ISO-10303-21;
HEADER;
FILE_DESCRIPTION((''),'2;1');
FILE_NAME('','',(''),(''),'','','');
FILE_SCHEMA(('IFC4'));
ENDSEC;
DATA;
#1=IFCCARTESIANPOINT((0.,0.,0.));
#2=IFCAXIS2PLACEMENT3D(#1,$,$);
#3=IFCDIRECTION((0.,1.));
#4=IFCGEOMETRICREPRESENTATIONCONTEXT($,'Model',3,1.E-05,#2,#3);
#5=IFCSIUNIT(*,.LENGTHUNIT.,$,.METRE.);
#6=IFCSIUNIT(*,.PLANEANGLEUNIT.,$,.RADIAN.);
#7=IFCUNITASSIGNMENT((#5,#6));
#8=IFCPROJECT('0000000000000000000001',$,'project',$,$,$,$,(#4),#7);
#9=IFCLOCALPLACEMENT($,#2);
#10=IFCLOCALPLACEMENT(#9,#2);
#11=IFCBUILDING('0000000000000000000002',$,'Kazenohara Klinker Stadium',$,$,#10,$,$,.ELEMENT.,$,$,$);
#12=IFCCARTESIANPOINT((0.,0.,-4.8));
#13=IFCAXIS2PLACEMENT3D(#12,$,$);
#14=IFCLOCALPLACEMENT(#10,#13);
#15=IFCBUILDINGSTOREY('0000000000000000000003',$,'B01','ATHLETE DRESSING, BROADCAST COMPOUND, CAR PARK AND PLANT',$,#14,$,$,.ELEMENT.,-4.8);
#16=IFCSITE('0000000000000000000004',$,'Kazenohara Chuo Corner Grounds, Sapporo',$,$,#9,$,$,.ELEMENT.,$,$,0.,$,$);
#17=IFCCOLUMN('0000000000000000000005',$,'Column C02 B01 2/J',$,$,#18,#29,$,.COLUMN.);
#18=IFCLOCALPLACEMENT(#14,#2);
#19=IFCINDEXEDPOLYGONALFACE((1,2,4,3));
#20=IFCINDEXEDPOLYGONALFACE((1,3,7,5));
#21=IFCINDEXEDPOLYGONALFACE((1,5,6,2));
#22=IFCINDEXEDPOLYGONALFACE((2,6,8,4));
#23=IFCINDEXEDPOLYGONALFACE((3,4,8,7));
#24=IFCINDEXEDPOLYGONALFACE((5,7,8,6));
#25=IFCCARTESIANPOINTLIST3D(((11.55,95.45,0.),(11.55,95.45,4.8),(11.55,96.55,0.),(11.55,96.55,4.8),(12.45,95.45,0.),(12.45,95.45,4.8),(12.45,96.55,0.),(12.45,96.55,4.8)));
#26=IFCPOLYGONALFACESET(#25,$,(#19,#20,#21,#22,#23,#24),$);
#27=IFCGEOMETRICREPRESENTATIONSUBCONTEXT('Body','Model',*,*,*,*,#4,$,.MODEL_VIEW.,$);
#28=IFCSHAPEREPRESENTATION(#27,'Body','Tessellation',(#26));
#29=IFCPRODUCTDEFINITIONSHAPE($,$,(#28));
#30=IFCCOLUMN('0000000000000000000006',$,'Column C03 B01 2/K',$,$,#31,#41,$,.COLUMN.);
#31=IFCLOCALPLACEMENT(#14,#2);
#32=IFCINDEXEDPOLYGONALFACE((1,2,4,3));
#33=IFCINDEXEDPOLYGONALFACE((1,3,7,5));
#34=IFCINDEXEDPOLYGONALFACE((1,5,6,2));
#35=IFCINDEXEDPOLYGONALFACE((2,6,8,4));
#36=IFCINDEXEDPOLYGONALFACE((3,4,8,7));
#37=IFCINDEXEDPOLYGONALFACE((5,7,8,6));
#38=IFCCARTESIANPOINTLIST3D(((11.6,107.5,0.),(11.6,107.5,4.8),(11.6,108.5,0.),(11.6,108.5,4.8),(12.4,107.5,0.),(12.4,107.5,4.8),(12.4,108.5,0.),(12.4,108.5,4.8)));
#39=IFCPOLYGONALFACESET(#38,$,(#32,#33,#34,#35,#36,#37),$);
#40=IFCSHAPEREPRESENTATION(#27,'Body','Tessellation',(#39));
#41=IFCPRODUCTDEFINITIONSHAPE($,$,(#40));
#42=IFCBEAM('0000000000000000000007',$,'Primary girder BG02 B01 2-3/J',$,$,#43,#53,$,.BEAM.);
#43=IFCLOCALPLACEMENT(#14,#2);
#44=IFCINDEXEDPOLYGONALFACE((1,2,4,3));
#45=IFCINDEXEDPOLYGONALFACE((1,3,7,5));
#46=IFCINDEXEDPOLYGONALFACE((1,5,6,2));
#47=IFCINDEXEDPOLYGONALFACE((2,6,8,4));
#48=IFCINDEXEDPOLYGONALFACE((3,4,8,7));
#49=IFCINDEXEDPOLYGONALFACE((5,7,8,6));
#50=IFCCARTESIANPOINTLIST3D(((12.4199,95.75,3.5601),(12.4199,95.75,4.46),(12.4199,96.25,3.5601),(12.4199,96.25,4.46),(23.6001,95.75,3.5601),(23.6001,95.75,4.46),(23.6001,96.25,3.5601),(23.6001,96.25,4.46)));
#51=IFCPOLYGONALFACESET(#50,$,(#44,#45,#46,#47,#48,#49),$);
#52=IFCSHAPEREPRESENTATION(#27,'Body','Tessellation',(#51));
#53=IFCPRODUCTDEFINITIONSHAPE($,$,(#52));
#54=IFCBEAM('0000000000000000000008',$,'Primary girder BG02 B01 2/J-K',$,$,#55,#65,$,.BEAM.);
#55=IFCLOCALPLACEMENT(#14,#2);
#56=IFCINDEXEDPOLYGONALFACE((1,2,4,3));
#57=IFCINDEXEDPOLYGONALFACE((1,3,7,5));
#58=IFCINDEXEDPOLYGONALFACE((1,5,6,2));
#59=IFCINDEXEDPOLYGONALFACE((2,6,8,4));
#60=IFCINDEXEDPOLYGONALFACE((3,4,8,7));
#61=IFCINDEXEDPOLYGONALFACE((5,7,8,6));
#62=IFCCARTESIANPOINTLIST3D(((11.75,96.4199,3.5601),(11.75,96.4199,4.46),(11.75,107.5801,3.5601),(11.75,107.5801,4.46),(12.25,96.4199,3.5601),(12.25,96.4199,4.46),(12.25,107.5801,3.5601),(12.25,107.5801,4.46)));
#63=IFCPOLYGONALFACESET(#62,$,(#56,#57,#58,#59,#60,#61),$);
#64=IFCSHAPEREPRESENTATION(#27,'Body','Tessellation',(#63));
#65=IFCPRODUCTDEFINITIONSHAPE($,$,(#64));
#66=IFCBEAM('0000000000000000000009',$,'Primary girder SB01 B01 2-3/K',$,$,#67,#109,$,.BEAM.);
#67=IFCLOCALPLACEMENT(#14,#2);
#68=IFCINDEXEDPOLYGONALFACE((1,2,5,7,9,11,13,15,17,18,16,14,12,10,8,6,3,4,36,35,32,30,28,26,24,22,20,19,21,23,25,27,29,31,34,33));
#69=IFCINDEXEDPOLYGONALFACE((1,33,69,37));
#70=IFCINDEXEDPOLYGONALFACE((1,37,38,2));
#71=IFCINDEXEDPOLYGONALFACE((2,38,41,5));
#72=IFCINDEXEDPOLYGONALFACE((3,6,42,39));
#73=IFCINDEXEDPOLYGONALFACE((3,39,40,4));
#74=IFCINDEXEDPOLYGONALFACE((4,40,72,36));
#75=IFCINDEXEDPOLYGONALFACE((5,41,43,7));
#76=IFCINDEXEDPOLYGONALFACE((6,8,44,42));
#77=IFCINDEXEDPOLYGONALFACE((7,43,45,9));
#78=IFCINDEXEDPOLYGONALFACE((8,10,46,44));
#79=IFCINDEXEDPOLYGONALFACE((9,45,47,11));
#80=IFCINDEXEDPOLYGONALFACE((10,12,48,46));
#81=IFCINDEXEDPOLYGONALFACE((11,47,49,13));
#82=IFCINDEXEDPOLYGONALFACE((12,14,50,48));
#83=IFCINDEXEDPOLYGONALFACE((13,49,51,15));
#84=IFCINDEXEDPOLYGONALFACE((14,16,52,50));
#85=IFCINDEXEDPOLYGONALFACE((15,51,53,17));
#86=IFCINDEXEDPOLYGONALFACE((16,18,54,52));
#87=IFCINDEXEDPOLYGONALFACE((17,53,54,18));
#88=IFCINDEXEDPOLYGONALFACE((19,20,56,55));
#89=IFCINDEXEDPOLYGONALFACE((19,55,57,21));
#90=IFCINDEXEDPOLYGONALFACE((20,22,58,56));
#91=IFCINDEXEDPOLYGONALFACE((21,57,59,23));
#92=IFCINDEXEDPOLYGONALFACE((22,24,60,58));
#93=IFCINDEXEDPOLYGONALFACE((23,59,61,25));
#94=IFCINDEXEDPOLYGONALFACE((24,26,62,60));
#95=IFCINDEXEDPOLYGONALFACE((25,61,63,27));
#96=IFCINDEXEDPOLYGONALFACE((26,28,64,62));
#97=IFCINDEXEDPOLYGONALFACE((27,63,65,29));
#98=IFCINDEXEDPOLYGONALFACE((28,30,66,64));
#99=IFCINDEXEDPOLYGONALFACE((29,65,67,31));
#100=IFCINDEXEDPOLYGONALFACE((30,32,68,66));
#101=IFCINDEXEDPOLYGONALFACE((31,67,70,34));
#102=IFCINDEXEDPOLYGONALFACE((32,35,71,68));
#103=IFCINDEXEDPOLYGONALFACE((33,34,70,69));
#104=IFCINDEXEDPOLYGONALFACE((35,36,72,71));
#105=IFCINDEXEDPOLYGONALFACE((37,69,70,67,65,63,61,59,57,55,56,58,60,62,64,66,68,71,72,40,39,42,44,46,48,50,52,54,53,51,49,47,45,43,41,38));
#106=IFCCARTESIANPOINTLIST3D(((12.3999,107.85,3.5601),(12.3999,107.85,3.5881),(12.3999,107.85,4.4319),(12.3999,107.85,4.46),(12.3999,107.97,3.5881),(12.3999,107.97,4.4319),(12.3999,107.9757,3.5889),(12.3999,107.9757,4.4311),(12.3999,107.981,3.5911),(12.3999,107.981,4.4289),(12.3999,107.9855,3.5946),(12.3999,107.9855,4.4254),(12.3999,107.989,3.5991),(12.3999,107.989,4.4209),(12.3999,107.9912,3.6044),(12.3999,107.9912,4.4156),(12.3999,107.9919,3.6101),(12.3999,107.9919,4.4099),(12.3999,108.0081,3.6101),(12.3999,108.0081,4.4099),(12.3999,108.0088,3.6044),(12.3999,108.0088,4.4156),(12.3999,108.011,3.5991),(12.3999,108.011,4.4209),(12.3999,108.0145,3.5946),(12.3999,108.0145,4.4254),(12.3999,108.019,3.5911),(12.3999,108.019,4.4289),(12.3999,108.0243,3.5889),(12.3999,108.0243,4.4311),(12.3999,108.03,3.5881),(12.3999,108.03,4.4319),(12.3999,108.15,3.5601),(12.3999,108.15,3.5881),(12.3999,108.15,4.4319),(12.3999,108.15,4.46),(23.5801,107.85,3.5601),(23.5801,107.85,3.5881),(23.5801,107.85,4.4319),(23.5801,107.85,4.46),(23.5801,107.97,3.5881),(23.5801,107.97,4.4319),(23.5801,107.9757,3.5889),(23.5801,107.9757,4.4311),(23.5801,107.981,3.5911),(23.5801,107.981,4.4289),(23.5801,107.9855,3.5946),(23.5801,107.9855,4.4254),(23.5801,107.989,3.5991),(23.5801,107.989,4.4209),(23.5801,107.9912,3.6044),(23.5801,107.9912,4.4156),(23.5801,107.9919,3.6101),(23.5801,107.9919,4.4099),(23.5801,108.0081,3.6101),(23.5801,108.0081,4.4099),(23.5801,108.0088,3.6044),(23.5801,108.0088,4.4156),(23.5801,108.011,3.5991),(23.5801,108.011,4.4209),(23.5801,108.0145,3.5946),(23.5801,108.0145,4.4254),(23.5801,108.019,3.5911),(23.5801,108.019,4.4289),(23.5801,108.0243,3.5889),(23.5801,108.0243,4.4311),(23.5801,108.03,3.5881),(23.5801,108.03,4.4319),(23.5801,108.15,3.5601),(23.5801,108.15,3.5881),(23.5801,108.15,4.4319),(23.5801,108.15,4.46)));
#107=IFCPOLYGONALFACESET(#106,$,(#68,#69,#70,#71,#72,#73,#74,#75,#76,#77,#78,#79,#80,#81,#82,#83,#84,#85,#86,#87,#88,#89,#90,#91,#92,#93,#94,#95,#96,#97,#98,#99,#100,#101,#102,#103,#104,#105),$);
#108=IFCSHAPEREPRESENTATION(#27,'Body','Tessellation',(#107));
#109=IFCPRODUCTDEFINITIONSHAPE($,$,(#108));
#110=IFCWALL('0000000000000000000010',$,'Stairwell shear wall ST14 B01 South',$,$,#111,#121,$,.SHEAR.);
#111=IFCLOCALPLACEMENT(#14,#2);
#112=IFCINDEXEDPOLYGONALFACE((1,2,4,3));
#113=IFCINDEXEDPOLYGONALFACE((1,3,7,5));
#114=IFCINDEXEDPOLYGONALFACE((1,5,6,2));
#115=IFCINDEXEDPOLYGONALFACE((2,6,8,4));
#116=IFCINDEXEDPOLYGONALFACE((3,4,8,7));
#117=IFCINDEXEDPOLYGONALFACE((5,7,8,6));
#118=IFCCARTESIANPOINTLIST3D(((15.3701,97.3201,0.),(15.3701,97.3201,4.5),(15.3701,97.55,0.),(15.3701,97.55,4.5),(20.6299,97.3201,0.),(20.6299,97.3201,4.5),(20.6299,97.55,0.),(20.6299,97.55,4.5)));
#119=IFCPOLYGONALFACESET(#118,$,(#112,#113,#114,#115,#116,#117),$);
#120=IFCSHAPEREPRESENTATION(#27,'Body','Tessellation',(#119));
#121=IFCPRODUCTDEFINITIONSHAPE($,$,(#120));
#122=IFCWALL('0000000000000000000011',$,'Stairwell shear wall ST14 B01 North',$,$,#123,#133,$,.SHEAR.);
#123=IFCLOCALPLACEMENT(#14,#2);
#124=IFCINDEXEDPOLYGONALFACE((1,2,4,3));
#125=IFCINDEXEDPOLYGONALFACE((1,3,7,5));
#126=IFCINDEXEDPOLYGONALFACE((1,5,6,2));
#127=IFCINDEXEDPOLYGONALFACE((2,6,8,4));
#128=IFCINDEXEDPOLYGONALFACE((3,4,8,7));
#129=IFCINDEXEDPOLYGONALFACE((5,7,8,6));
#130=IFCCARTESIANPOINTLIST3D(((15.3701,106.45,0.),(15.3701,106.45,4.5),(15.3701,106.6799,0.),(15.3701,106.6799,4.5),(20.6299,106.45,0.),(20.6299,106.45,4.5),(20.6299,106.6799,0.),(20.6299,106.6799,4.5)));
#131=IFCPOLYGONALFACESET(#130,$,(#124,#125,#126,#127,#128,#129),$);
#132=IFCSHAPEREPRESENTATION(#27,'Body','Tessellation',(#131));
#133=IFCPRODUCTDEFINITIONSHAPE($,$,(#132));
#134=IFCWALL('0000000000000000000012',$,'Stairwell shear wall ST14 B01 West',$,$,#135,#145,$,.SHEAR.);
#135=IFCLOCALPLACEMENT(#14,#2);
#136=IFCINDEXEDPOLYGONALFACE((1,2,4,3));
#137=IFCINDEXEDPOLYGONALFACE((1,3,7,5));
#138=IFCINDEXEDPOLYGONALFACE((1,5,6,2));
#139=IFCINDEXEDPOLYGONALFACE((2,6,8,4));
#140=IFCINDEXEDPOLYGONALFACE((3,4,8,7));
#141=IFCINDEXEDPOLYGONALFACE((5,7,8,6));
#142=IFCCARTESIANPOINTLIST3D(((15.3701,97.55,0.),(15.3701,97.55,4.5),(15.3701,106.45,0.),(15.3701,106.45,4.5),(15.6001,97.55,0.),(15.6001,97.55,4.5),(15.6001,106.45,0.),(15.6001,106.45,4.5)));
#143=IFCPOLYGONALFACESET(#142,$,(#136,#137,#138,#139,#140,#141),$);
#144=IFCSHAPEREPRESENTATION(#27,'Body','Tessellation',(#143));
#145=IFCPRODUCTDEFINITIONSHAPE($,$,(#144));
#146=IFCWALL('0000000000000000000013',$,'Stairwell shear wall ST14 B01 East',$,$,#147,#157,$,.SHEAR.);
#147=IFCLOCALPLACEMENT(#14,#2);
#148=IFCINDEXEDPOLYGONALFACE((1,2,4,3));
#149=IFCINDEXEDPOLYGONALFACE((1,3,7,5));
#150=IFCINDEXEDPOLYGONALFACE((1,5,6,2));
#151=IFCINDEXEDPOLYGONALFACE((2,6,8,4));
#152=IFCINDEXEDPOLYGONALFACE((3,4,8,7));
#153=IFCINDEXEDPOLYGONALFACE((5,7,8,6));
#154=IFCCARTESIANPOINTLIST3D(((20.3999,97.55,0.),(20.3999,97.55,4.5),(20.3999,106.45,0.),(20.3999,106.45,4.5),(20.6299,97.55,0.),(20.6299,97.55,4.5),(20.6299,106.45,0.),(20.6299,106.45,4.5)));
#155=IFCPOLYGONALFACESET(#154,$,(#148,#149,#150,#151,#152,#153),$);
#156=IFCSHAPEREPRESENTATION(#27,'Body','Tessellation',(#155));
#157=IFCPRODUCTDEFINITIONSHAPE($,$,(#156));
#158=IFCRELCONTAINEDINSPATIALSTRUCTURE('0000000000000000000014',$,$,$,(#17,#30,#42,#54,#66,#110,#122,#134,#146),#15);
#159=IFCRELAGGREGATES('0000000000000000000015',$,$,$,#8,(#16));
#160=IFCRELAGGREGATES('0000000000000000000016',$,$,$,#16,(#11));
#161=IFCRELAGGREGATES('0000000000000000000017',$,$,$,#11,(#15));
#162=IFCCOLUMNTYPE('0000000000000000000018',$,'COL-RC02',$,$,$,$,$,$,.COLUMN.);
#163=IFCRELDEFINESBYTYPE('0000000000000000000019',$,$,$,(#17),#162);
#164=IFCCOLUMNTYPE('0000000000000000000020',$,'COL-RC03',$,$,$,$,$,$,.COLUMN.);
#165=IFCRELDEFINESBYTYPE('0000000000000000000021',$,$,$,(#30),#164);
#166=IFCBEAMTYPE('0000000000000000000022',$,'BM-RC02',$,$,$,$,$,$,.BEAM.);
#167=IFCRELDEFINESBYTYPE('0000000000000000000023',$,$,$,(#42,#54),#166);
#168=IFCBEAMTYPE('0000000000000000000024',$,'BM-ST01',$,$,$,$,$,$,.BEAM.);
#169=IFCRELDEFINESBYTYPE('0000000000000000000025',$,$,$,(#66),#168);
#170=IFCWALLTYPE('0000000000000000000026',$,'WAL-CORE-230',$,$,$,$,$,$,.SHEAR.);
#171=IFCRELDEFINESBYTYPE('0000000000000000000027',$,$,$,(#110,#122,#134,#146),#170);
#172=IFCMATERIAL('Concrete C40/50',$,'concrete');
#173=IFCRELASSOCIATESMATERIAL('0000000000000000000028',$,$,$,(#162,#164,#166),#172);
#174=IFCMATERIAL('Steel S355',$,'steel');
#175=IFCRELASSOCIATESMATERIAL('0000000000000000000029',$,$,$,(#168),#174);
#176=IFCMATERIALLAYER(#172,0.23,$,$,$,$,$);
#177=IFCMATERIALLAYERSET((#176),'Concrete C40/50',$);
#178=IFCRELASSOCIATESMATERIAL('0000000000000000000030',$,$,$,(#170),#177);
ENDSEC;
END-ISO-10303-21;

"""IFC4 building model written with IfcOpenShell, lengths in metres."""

from ifc_helpers import new_model, si_unit, direction, frame, frame_2d, origin, origin_2d, place, context, subcontext, project, spatial, rectangle, i_section, extrude, material, layer, layer_set, material_profile, profile_set, type_object, element, save


model = new_model("IFC4")

# Units and contexts
model_context = context("Model", 3, precision=1e-05, world=origin(), true_north=direction((0.0, 1.0)))
body_context = subcontext(model_context, "Body", "Model", "MODEL_VIEW")
ifc_project = project(units=[si_unit("LENGTHUNIT", "METRE"), si_unit("PLANEANGLEUNIT", "RADIAN")], contexts=[model_context])

# Site, building, storey
site_placement = place(None, origin())
site = spatial("IfcSite", under=ifc_project, at=site_placement, Name="Kazenohara Chuo Corner Grounds, Sapporo", CompositionType="ELEMENT", RefElevation=0.0)
building_placement = place(site_placement, origin())
building = spatial("IfcBuilding", under=site, at=building_placement, Name="Kazenohara Klinker Stadium", CompositionType="ELEMENT")
storey_placement = place(building_placement, frame((0.0, 0.0, -4.8)))
storey = spatial("IfcBuildingStorey", under=building, at=storey_placement, Name="B01", Description="ATHLETE DRESSING, BROADCAST COMPOUND, CAR PARK AND PLANT", CompositionType="ELEMENT", Elevation=-4.8)

# Columns
ifc_material_1 = material(Name="Concrete C40/50", Category="concrete")
ifc_material_profile_1 = material_profile(ifc_material_1, rectangle(XDim=0.8999, YDim=1.1001, at=origin_2d()), Name="RC-COL-1100x900")
ifc_profile_set_1 = profile_set([ifc_material_profile_1], Name="Concrete C40/50")
column_type_1 = type_object("IfcColumnType", Name="COL-RC02", PredefinedType="COLUMN", material=ifc_profile_set_1)
column_1_placement = place(storey_placement, frame((12.0, 96.0, 0.0), z_axis=(0.0, 0.0, 1.0), x_axis=(1.0, 0.0, 0.0)))
element("IfcColumn", 1, at=column_1_placement, inside=storey, type_object=column_type_1, Name="Column C02 B01 2/J", PredefinedType="COLUMN", context=body_context, shape_type="SweptSolid", body=[
    extrude(rectangle(XDim=0.8999, YDim=1.1001, at=origin_2d()), origin(), (0.0, 0.0, 1.0), 4.8),
])
ifc_material_profile_2 = material_profile(ifc_material_1, rectangle(XDim=0.8, YDim=1.0, at=origin_2d()), Name="RC-COL-1000x800")
ifc_profile_set_2 = profile_set([ifc_material_profile_2], Name="Concrete C40/50")
column_type_2 = type_object("IfcColumnType", Name="COL-RC03", PredefinedType="COLUMN", material=ifc_profile_set_2)
column_2_placement = place(storey_placement, frame((12.0, 108.0, 0.0), z_axis=(0.0, 0.0, 1.0), x_axis=(1.0, 0.0, 0.0)))
element("IfcColumn", 2, at=column_2_placement, inside=storey, type_object=column_type_2, Name="Column C03 B01 2/K", PredefinedType="COLUMN", context=body_context, shape_type="SweptSolid", body=[
    extrude(rectangle(XDim=0.8, YDim=1.0, at=origin_2d()), origin(), (0.0, 0.0, 1.0), 4.8),
])

# Beams
ifc_material_profile_3 = material_profile(ifc_material_1, rectangle(XDim=0.5, YDim=0.8999, at=origin_2d()), Name="RC-BM-500x900")
ifc_profile_set_3 = profile_set([ifc_material_profile_3], Name="Concrete C40/50")
beam_type_1 = type_object("IfcBeamType", Name="BM-RC02", PredefinedType="BEAM", material=ifc_profile_set_3)
beam_1_placement = place(storey_placement, frame((12.4199, 96.0, 4.01), z_axis=(1.0, 0.0, 0.0), x_axis=(0.0, 1.0, 0.0)))
element("IfcBeam", 3, at=beam_1_placement, inside=storey, type_object=beam_type_1, Name="Primary girder BG02 B01 2-3/J", PredefinedType="BEAM", context=body_context, shape_type="SweptSolid", body=[
    extrude(rectangle(XDim=0.5, YDim=0.8999, at=origin_2d()), origin(), (0.0, 0.0, 1.0), 11.1802),
])
beam_2_placement = place(storey_placement, frame((12.0, 96.4199, 4.01), z_axis=(0.0, 1.0, 0.0), x_axis=(-1.0, 0.0, 0.0)))
element("IfcBeam", 4, at=beam_2_placement, inside=storey, type_object=beam_type_1, Name="Primary girder BG02 B01 2/J-K", PredefinedType="BEAM", context=body_context, shape_type="SweptSolid", body=[
    extrude(rectangle(XDim=0.5, YDim=0.8999, at=origin_2d()), origin(), (0.0, 0.0, 1.0), 11.1602),
])
ifc_material_2 = material(Name="Steel S355", Category="steel")
ifc_material_profile_4 = material_profile(ifc_material_2, i_section(OverallWidth=0.3, OverallDepth=0.8999, WebThickness=0.0161, FlangeThickness=0.0281, FilletRadius=0.022, at=origin_2d()), Name="H-900x300x16x28")
ifc_profile_set_4 = profile_set([ifc_material_profile_4], Name="Steel S355")
beam_type_2 = type_object("IfcBeamType", Name="BM-ST01", PredefinedType="BEAM", material=ifc_profile_set_4)
beam_3_placement = place(storey_placement, frame((12.3999, 108.0, 4.01), z_axis=(1.0, 0.0, 0.0), x_axis=(0.0, 1.0, 0.0)))
element("IfcBeam", 5, at=beam_3_placement, inside=storey, type_object=beam_type_2, Name="Primary girder SB01 B01 2-3/K", PredefinedType="BEAM", context=body_context, shape_type="SweptSolid", body=[
    extrude(i_section(OverallWidth=0.3, OverallDepth=0.8999, WebThickness=0.0161, FlangeThickness=0.0281, FilletRadius=0.022, at=origin_2d()), origin(), (0.0, 0.0, 1.0), 11.1802),
])

# Walls
ifc_layer_1 = layer(ifc_material_1, 0.23)
ifc_layer_set_1 = layer_set([ifc_layer_1], Name="Concrete C40/50")
wall_type_1 = type_object("IfcWallType", Name="WAL-CORE-230", PredefinedType="SHEAR", material=ifc_layer_set_1)
for number, where, z_axis, x_axis, name in (
    (6, (15.3701, 97.4351, 0.0), (0.0, 0.0, 1.0), (1.0, 0.0, 0.0), "Stairwell shear wall ST14 B01 South"),
    (7, (15.3701, 106.5649, 0.0), (0.0, 0.0, 1.0), (1.0, 0.0, 0.0), "Stairwell shear wall ST14 B01 North"),
):
    element("IfcWall", number, at=place(storey_placement, frame(where, z_axis=z_axis, x_axis=x_axis)), inside=storey, type_object=wall_type_1, Name=name, PredefinedType="SHEAR", context=body_context, shape_type="SweptSolid", body=[
        extrude(rectangle(XDim=5.2598, YDim=0.23, at=frame_2d((2.6299, 0.0))), origin(), (0.0, 0.0, 1.0), 4.5),
    ])
for number, where, z_axis, x_axis, name in (
    (8, (15.4851, 97.55, 0.0), (0.0, 0.0, 1.0), (0.0, 1.0, 0.0), "Stairwell shear wall ST14 B01 West"),
    (9, (20.5149, 97.55, 0.0), (0.0, 0.0, 1.0), (0.0, 1.0, 0.0), "Stairwell shear wall ST14 B01 East"),
):
    element("IfcWall", number, at=place(storey_placement, frame(where, z_axis=z_axis, x_axis=x_axis)), inside=storey, type_object=wall_type_1, Name=name, PredefinedType="SHEAR", context=body_context, shape_type="SweptSolid", body=[
        extrude(rectangle(XDim=8.8999, YDim=0.23, at=frame_2d((4.45, 0.0))), origin(), (0.0, 0.0, 1.0), 4.5),
    ])

save(model, "model.ifc")
